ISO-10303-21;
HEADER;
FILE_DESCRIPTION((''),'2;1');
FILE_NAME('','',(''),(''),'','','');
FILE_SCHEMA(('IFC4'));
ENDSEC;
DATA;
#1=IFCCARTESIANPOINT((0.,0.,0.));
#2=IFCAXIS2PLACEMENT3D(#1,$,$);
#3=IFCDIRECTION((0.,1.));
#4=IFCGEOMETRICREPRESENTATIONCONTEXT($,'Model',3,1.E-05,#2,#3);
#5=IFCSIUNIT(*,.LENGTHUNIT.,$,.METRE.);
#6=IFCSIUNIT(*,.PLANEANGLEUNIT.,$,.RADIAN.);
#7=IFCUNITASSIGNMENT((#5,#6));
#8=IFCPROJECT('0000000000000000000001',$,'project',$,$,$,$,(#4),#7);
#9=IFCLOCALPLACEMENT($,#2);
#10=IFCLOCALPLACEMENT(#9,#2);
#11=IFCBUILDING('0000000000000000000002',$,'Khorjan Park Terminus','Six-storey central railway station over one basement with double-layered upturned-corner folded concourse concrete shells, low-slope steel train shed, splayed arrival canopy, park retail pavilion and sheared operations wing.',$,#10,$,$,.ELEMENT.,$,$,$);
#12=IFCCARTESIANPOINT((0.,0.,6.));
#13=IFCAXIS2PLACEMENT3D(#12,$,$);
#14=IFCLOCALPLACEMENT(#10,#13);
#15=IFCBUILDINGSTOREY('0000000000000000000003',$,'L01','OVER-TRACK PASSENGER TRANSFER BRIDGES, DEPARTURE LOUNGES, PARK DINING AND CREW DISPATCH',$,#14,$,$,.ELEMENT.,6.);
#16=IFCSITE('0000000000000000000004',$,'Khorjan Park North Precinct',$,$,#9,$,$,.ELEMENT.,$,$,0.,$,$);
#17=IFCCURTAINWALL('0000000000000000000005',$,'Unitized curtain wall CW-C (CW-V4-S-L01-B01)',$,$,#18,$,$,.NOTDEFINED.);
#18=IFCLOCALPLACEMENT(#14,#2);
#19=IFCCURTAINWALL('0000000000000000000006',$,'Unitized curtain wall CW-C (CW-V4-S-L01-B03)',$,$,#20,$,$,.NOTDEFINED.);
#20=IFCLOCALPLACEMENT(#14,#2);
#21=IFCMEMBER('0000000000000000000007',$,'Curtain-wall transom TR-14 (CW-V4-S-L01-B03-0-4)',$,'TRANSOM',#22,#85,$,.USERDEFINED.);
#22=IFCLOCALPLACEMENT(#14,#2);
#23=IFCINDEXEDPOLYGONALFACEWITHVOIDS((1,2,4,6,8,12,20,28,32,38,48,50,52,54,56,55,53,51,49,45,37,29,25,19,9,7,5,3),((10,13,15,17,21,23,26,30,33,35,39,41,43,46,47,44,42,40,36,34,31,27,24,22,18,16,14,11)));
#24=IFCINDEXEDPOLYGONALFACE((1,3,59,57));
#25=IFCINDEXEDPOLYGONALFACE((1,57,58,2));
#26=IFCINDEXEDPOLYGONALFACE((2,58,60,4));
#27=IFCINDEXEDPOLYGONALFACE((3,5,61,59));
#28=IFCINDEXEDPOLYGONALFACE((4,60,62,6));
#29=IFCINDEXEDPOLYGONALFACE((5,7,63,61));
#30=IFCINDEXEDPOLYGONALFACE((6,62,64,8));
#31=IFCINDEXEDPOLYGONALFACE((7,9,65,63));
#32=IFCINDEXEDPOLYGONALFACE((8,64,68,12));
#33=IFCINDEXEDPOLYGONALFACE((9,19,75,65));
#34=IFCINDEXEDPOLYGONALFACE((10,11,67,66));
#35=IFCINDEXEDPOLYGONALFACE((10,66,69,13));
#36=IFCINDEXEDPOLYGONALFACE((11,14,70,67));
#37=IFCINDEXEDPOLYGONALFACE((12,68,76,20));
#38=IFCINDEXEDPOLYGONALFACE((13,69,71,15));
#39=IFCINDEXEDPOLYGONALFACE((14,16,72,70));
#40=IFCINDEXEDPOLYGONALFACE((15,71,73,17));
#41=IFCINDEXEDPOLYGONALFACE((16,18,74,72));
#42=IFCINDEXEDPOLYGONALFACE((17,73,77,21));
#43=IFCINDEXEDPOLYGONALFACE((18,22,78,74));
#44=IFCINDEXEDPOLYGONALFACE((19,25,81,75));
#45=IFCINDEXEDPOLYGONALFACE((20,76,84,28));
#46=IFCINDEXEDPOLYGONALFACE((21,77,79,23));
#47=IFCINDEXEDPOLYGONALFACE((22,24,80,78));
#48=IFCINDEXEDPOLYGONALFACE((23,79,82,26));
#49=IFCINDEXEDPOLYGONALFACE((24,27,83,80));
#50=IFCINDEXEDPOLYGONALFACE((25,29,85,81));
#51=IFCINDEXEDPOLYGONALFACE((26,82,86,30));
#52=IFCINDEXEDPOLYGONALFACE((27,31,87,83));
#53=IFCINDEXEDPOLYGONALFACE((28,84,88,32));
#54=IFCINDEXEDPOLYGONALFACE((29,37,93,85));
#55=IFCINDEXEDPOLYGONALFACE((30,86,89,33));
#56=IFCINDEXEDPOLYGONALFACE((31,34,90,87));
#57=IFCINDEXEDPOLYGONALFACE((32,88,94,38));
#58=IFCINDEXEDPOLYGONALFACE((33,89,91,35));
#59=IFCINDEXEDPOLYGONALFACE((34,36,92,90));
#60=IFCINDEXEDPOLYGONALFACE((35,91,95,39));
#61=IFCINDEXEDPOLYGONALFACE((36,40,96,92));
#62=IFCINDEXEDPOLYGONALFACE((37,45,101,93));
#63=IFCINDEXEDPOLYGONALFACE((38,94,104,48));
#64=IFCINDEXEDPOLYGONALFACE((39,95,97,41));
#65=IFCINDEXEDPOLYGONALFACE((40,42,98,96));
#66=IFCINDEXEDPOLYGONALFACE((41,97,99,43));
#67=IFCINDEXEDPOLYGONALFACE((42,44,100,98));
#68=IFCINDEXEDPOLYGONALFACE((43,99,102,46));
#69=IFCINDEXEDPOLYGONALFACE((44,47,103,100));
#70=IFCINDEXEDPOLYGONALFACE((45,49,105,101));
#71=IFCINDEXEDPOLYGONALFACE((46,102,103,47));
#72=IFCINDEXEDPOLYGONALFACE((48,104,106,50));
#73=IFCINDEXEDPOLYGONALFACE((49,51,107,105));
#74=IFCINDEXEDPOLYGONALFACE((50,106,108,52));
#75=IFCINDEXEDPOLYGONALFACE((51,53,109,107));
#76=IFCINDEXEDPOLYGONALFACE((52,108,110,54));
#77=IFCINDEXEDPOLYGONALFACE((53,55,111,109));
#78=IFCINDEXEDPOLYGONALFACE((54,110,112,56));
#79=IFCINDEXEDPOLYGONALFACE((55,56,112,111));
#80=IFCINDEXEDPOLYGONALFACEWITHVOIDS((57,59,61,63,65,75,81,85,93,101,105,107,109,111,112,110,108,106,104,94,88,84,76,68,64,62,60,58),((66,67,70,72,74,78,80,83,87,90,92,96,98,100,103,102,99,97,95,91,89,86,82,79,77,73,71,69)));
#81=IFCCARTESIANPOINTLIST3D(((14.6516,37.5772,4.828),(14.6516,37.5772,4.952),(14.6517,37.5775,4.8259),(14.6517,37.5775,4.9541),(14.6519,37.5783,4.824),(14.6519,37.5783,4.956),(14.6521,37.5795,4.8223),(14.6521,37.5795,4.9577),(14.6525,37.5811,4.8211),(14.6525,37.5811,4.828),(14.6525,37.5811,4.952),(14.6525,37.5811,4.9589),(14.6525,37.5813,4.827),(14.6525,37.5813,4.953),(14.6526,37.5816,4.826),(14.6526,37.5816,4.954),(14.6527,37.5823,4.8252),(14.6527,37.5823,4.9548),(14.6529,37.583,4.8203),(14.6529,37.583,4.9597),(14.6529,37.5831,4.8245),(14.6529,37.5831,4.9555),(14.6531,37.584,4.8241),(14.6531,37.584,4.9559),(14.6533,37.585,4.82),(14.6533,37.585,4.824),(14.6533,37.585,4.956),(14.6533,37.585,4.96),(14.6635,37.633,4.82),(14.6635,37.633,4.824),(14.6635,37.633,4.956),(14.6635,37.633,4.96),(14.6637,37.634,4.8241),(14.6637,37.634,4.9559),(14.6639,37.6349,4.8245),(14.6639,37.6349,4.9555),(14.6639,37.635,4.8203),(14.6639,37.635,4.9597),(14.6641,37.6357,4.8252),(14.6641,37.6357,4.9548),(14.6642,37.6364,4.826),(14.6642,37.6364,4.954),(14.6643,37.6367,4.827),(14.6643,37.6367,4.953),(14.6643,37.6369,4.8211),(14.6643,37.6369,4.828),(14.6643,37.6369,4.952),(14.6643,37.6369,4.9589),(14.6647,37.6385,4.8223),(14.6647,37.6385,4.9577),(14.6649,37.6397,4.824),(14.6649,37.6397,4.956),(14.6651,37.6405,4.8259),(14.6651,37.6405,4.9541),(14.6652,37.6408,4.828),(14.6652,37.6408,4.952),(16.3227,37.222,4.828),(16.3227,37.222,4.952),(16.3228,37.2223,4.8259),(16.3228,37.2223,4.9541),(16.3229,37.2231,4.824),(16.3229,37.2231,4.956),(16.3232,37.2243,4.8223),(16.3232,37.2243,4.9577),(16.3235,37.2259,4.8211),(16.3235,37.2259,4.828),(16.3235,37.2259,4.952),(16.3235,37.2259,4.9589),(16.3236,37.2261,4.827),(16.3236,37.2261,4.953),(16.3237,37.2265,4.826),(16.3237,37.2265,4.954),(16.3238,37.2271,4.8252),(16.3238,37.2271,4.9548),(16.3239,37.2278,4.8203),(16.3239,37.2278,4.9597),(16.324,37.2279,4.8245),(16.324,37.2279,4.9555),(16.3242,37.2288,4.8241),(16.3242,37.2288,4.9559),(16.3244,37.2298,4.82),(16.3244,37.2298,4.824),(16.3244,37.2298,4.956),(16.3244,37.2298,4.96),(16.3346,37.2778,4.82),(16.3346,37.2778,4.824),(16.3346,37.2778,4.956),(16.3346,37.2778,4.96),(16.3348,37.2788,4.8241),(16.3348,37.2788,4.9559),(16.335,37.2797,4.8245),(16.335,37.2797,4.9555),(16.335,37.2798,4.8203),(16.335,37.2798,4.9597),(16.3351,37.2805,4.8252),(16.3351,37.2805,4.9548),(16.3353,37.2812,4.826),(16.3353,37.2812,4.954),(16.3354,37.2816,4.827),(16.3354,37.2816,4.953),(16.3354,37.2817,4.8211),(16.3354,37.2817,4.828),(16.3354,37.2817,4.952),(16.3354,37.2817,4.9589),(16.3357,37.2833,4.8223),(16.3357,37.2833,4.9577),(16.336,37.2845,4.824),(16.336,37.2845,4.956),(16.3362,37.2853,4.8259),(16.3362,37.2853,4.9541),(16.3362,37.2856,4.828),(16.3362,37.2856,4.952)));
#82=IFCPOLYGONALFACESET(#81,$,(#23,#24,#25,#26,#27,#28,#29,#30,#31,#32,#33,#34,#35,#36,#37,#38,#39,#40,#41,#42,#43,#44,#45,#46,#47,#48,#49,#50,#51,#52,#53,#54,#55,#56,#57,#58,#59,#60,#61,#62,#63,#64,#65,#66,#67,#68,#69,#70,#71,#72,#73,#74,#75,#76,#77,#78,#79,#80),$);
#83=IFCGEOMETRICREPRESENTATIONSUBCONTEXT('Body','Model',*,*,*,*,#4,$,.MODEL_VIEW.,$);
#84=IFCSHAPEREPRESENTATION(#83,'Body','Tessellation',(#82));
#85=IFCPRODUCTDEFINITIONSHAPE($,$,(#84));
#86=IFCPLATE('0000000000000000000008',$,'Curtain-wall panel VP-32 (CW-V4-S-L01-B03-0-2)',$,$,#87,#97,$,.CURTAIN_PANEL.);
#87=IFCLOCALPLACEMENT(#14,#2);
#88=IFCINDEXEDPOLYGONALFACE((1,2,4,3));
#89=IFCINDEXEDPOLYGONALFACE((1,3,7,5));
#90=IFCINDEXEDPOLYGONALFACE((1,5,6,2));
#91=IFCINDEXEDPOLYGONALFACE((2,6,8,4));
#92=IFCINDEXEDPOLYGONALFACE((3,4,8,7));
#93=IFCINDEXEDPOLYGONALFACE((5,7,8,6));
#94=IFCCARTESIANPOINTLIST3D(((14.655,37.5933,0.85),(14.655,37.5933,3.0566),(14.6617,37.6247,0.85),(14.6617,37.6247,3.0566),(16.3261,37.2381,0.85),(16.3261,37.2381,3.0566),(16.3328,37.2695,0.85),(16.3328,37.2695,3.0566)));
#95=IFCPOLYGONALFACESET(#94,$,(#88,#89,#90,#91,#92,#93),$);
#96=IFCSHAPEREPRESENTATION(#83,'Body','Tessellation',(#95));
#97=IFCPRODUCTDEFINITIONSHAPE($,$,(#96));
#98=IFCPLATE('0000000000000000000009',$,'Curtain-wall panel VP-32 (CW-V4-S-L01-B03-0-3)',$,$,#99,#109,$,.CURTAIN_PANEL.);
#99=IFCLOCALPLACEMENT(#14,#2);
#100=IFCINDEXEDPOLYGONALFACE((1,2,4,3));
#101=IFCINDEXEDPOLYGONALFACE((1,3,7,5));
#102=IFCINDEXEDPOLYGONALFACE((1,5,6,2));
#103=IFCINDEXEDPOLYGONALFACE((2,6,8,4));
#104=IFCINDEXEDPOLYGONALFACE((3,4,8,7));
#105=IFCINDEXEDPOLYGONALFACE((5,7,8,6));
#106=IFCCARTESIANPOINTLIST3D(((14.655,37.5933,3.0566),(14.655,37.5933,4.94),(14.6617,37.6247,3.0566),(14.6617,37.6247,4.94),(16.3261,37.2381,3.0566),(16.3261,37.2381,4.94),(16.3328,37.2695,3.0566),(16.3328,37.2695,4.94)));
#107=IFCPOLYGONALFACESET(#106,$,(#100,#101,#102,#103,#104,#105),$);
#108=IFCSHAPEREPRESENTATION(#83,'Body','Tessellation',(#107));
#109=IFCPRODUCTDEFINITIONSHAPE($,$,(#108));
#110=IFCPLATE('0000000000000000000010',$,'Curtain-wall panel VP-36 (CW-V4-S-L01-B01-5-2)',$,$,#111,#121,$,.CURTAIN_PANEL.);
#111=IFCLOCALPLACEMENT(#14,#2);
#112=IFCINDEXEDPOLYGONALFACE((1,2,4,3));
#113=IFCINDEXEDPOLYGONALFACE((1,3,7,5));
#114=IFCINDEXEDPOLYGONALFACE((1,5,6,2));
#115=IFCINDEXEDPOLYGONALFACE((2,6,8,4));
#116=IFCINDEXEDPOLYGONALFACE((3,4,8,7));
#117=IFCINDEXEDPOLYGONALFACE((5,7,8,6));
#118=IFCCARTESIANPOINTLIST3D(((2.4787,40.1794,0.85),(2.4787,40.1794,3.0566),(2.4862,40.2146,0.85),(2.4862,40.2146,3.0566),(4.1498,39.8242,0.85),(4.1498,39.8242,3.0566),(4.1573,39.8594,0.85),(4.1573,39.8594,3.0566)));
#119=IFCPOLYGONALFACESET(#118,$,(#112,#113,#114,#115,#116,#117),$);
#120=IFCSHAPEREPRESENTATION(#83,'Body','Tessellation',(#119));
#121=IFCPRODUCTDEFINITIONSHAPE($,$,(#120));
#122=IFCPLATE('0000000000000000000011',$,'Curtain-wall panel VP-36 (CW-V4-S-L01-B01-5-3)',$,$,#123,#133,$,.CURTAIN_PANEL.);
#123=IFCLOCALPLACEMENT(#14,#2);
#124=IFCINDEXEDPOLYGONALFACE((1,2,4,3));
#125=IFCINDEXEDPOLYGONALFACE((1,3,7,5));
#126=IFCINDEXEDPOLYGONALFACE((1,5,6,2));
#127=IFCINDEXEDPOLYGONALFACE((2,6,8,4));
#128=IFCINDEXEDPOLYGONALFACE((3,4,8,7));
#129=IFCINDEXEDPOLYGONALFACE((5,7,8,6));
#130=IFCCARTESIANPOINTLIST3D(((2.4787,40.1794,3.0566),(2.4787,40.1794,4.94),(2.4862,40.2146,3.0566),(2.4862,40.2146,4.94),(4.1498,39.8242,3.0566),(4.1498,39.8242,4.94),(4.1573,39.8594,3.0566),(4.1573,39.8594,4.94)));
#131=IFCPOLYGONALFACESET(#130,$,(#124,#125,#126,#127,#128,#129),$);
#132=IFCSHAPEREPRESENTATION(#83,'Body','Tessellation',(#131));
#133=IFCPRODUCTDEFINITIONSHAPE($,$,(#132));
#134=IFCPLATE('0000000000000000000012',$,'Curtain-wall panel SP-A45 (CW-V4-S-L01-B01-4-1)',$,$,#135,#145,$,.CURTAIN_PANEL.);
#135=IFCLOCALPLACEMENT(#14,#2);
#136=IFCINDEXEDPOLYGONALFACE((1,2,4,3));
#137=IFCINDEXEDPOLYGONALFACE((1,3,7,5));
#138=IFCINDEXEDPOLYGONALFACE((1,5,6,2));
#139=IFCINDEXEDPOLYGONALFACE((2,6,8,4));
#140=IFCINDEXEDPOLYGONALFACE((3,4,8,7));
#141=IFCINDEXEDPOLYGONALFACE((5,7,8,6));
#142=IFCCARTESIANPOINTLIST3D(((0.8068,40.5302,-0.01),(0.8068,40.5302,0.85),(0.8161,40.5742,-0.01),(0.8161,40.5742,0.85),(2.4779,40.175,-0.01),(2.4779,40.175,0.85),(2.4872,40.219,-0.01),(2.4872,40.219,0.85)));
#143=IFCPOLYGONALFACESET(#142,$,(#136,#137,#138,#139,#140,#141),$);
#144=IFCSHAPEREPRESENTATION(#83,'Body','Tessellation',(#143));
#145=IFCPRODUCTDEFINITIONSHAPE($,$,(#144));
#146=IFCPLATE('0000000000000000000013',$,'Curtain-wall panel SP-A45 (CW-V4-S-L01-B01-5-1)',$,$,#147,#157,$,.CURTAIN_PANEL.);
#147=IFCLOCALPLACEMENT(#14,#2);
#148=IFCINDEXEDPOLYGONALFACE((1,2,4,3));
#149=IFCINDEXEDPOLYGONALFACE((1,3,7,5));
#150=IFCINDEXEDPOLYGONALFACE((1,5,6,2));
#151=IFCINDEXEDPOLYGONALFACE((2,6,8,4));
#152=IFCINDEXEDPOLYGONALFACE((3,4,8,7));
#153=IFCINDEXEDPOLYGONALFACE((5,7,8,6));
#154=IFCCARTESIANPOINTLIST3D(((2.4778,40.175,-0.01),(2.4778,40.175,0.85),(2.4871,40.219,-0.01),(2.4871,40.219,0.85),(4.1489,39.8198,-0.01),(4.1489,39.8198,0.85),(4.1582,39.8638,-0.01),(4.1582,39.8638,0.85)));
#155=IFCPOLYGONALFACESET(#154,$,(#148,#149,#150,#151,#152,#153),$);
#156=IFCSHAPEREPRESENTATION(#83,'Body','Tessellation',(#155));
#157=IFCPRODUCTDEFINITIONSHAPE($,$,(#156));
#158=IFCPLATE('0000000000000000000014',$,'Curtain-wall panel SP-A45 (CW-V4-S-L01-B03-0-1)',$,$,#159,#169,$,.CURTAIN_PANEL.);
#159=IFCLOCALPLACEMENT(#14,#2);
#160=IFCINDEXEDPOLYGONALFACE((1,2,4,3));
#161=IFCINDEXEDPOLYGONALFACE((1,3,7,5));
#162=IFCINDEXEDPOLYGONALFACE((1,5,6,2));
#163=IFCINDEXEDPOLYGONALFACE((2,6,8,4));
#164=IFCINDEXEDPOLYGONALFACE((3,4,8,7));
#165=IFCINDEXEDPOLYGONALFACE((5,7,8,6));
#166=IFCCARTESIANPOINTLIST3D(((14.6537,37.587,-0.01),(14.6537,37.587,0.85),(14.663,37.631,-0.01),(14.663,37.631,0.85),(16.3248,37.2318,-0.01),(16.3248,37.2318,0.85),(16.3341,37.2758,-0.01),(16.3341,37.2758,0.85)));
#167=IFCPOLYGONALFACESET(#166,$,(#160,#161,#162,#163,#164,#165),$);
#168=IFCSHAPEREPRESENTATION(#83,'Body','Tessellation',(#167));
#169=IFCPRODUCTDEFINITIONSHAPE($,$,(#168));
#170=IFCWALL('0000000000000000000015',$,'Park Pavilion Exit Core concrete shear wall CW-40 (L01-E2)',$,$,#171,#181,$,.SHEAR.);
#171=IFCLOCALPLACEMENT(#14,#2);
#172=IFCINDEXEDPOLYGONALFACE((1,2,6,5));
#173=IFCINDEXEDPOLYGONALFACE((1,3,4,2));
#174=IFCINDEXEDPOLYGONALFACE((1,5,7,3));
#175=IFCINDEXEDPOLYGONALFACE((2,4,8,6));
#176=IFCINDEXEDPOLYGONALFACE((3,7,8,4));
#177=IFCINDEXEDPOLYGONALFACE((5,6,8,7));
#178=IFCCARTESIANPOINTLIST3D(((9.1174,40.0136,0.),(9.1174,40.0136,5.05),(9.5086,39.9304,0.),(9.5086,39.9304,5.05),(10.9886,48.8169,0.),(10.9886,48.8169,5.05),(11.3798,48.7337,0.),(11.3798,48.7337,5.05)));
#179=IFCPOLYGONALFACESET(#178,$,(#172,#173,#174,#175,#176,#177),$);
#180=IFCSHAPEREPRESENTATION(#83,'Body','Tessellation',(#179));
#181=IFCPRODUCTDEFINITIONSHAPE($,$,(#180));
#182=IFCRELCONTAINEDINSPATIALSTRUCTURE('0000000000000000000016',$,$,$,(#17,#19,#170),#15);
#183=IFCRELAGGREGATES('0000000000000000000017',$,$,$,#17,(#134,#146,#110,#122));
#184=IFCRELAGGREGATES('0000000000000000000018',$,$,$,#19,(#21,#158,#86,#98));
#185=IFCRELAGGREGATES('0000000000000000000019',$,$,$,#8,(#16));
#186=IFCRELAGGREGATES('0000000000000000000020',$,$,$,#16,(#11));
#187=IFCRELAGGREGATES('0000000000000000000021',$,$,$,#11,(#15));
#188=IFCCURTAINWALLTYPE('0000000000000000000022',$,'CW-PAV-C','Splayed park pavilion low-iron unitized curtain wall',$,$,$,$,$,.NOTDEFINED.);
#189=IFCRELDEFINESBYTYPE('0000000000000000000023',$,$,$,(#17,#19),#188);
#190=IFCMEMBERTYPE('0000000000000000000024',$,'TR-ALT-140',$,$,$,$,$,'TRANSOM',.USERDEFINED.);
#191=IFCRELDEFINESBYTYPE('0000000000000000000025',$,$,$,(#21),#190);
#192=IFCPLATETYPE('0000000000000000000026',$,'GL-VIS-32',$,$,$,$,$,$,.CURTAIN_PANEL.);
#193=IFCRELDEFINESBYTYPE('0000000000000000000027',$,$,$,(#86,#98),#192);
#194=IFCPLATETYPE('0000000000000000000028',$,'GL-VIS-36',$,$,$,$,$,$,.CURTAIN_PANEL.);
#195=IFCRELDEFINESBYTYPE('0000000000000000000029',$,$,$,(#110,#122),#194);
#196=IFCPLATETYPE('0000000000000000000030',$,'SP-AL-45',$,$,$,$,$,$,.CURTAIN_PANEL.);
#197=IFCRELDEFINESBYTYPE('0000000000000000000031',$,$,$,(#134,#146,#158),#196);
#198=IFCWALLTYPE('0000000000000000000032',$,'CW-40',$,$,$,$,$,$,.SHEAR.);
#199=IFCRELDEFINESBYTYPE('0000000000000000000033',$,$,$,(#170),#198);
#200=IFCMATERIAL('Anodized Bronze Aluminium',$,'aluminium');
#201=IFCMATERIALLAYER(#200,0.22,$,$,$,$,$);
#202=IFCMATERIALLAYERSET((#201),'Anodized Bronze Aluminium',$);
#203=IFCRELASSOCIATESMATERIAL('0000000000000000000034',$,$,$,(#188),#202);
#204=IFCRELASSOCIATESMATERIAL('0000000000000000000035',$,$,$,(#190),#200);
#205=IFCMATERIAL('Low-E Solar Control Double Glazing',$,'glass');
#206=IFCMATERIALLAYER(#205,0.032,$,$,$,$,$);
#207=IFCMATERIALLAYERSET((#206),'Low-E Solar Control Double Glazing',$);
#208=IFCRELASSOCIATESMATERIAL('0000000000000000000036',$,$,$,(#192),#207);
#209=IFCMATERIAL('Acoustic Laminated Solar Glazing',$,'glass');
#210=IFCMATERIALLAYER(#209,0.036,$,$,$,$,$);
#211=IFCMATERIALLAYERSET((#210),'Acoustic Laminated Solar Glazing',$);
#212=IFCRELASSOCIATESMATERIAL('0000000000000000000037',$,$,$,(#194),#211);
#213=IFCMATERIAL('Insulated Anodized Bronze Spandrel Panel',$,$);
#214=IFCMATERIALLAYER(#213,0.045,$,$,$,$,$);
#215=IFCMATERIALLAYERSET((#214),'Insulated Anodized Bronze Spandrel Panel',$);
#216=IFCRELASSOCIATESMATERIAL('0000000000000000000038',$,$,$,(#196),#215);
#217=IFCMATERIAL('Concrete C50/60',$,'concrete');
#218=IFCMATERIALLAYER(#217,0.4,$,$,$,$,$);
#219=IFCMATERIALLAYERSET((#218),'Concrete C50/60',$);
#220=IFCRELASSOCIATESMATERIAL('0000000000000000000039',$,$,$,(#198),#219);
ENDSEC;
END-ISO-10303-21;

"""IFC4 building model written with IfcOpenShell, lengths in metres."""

from ifc_helpers import new_model, si_unit, direction, frame, frame_2d, origin, origin_2d, place, context, subcontext, project, spatial, rectangle, hollow_rectangle, extrude, material, layer, layer_set, material_profile, profile_set, type_object, element, aggregate, save


model = new_model("IFC4")

# Units and contexts
model_context = context("Model", 3, precision=1e-05, world=origin(), true_north=direction((0.0, 1.0)))
body_context = subcontext(model_context, "Body", "Model", "MODEL_VIEW")
ifc_project = project(units=[si_unit("LENGTHUNIT", "METRE"), si_unit("PLANEANGLEUNIT", "RADIAN")], contexts=[model_context])

# Site, building, storey
site_placement = place(None, origin())
site = spatial("IfcSite", under=ifc_project, at=site_placement, Name="Khorjan Park North Precinct", CompositionType="ELEMENT", RefElevation=0.0)
building_placement = place(site_placement, origin())
building = spatial("IfcBuilding", under=site, at=building_placement, Name="Khorjan Park Terminus", Description="Six-storey central railway station over one basement with double-layered upturned-corner folded concourse concrete shells, low-slope steel train shed, splayed arrival canopy, park retail pavilion and sheared operations wing.", CompositionType="ELEMENT")
storey_placement = place(building_placement, frame((0.0, 0.0, 6.0)))
storey = spatial("IfcBuildingStorey", under=building, at=storey_placement, Name="L01", Description="OVER-TRACK PASSENGER TRANSFER BRIDGES, DEPARTURE LOUNGES, PARK DINING AND CREW DISPATCH", CompositionType="ELEMENT", Elevation=6.0)

# Curtain wall
ifc_material_1 = material(Name="Anodized Bronze Aluminium", Category="aluminium")
ifc_layer_1 = layer(ifc_material_1, 0.22)
ifc_layer_set_1 = layer_set([ifc_layer_1], Name="Anodized Bronze Aluminium")
curtain_wall_type = type_object("IfcCurtainWallType", Name="CW-PAV-C", Description="Splayed park pavilion low-iron unitized curtain wall", PredefinedType="NOTDEFINED", material=ifc_layer_set_1)
curtain_wall_1_placement = place(storey_placement, origin())
curtain_wall_1 = element("IfcCurtainWall", 1, at=curtain_wall_1_placement, inside=storey, type_object=curtain_wall_type, Name="Unitized curtain wall CW-C (CW-V4-S-L01-B01)", PredefinedType="NOTDEFINED")

# Curtain wall
curtain_wall_2_placement = place(storey_placement, origin())
curtain_wall_2 = element("IfcCurtainWall", 2, at=curtain_wall_2_placement, inside=storey, type_object=curtain_wall_type, Name="Unitized curtain wall CW-C (CW-V4-S-L01-B03)", PredefinedType="NOTDEFINED")

# Member
ifc_material_profile_1 = material_profile(ifc_material_1, hollow_rectangle(XDim=0.065, YDim=0.14, WallThickness=0.004, InnerFilletRadius=0.004, OuterFilletRadius=0.008, at=origin_2d()), Name="ALT 65x140x4")
ifc_profile_set_1 = profile_set([ifc_material_profile_1], Name="Anodized Bronze Aluminium")
member_type_1 = type_object("IfcMemberType", Name="TR-ALT-140", ElementType="TRANSOM", PredefinedType="USERDEFINED", material=ifc_profile_set_1)
member_1_placement = place(storey_placement, frame((14.6584, 37.609, 4.89), z_axis=(0.978148, -0.20791, 0.0), x_axis=(0.20791, 0.978148, 0.0)))
member_1 = element("IfcMember", 3, at=member_1_placement, type_object=member_type_1, Name="Curtain-wall transom TR-14 (CW-V4-S-L01-B03-0-4)", ObjectType="TRANSOM", PredefinedType="USERDEFINED", context=body_context, shape_type="SweptSolid", body=[
    extrude(hollow_rectangle(XDim=0.065, YDim=0.14, WallThickness=0.004, InnerFilletRadius=0.004, OuterFilletRadius=0.008, at=origin_2d()), origin(), (0.0, 0.0, 1.0), 1.7084),
])

# Plates
ifc_material_2 = material(Name="Low-E Solar Control Double Glazing", Category="glass")
ifc_layer_2 = layer(ifc_material_2, 0.032)
ifc_layer_set_2 = layer_set([ifc_layer_2], Name="Low-E Solar Control Double Glazing")
plate_type_1 = type_object("IfcPlateType", Name="GL-VIS-32", PredefinedType="CURTAIN_PANEL", material=ifc_layer_set_2)
plate_1_placement = place(storey_placement, frame((15.4939, 37.4314, 0.85), z_axis=(0.0, 0.0, 1.0), x_axis=(0.978147, -0.207914, 0.0)))
plate_1 = element("IfcPlate", 4, at=plate_1_placement, type_object=plate_type_1, Name="Curtain-wall panel VP-32 (CW-V4-S-L01-B03-0-2)", PredefinedType="CURTAIN_PANEL", context=body_context, shape_type="SweptSolid", body=[
    extrude(rectangle(XDim=1.7084, YDim=0.032, at=origin_2d()), origin(), (0.0, 0.0, 1.0), 2.2066),
])
plate_2_placement = place(storey_placement, frame((15.4939, 37.4314, 3.0566), z_axis=(0.0, 0.0, 1.0), x_axis=(0.978147, -0.207914, 0.0)))
plate_2 = element("IfcPlate", 5, at=plate_2_placement, type_object=plate_type_1, Name="Curtain-wall panel VP-32 (CW-V4-S-L01-B03-0-3)", PredefinedType="CURTAIN_PANEL", context=body_context, shape_type="SweptSolid", body=[
    extrude(rectangle(XDim=1.7084, YDim=0.032, at=origin_2d()), origin(), (0.0, 0.0, 1.0), 1.8834),
])
ifc_material_3 = material(Name="Acoustic Laminated Solar Glazing", Category="glass")
ifc_layer_3 = layer(ifc_material_3, 0.036)
ifc_layer_set_3 = layer_set([ifc_layer_3], Name="Acoustic Laminated Solar Glazing")
plate_type_2 = type_object("IfcPlateType", Name="GL-VIS-36", PredefinedType="CURTAIN_PANEL", material=ifc_layer_set_3)
plate_3_placement = place(storey_placement, frame((3.318, 40.0194, 0.85), z_axis=(0.0, 0.0, 1.0), x_axis=(0.978147, -0.207914, 0.0)))
plate_3 = element("IfcPlate", 6, at=plate_3_placement, type_object=plate_type_2, Name="Curtain-wall panel VP-36 (CW-V4-S-L01-B01-5-2)", PredefinedType="CURTAIN_PANEL", context=body_context, shape_type="SweptSolid", body=[
    extrude(rectangle(XDim=1.7084, YDim=0.036, at=origin_2d()), origin(), (0.0, 0.0, 1.0), 2.2066),
])
plate_4_placement = place(storey_placement, frame((3.318, 40.0194, 3.0566), z_axis=(0.0, 0.0, 1.0), x_axis=(0.978147, -0.207914, 0.0)))
plate_4 = element("IfcPlate", 7, at=plate_4_placement, type_object=plate_type_2, Name="Curtain-wall panel VP-36 (CW-V4-S-L01-B01-5-3)", PredefinedType="CURTAIN_PANEL", context=body_context, shape_type="SweptSolid", body=[
    extrude(rectangle(XDim=1.7084, YDim=0.036, at=origin_2d()), origin(), (0.0, 0.0, 1.0), 1.8834),
])
ifc_material_4 = material(Name="Insulated Anodized Bronze Spandrel Panel")
ifc_layer_4 = layer(ifc_material_4, 0.045)
ifc_layer_set_4 = layer_set([ifc_layer_4], Name="Insulated Anodized Bronze Spandrel Panel")
plate_type_3 = type_object("IfcPlateType", Name="SP-AL-45", PredefinedType="CURTAIN_PANEL", material=ifc_layer_set_4)
plate_5_placement = place(storey_placement, frame((1.647, 40.3746, -0.01), z_axis=(0.0, 0.0, 1.0), x_axis=(0.978147, -0.207914, 0.0)))
plate_5 = element("IfcPlate", 8, at=plate_5_placement, type_object=plate_type_3, Name="Curtain-wall panel SP-A45 (CW-V4-S-L01-B01-4-1)", PredefinedType="CURTAIN_PANEL", context=body_context, shape_type="SweptSolid", body=[
    extrude(rectangle(XDim=1.7084, YDim=0.045, at=origin_2d()), origin(), (0.0, 0.0, 1.0), 0.86),
])
plate_6_placement = place(storey_placement, frame((3.318, 40.0194, -0.01), z_axis=(0.0, 0.0, 1.0), x_axis=(0.978147, -0.207914, 0.0)))
plate_6 = element("IfcPlate", 9, at=plate_6_placement, type_object=plate_type_3, Name="Curtain-wall panel SP-A45 (CW-V4-S-L01-B01-5-1)", PredefinedType="CURTAIN_PANEL", context=body_context, shape_type="SweptSolid", body=[
    extrude(rectangle(XDim=1.7084, YDim=0.045, at=origin_2d()), origin(), (0.0, 0.0, 1.0), 0.86),
])
aggregate(curtain_wall_1, [plate_5, plate_6, plate_3, plate_4])
plate_7_placement = place(storey_placement, frame((15.4939, 37.4314, -0.01), z_axis=(0.0, 0.0, 1.0), x_axis=(0.978147, -0.207914, 0.0)))
plate_7 = element("IfcPlate", 10, at=plate_7_placement, type_object=plate_type_3, Name="Curtain-wall panel SP-A45 (CW-V4-S-L01-B03-0-1)", PredefinedType="CURTAIN_PANEL", context=body_context, shape_type="SweptSolid", body=[
    extrude(rectangle(XDim=1.7084, YDim=0.045, at=origin_2d()), origin(), (0.0, 0.0, 1.0), 0.86),
])
aggregate(curtain_wall_2, [member_1, plate_7, plate_1, plate_2])

# Wall
ifc_material_5 = material(Name="Concrete C50/60", Category="concrete")
ifc_layer_5 = layer(ifc_material_5, 0.4)
ifc_layer_set_5 = layer_set([ifc_layer_5], Name="Concrete C50/60")
wall_type_1 = type_object("IfcWallType", Name="CW-40", PredefinedType="SHEAR", material=ifc_layer_set_5)
wall_1_placement = place(storey_placement, frame((9.313, 39.972, 0.0), z_axis=(0.0, 0.0, 1.0), x_axis=(0.207912, 0.978148, 0.0)))
element("IfcWall", 11, at=wall_1_placement, inside=storey, type_object=wall_type_1, Name="Park Pavilion Exit Core concrete shear wall CW-40 (L01-E2)", PredefinedType="SHEAR", context=body_context, shape_type="SweptSolid", body=[
    extrude(rectangle(XDim=9.0, YDim=0.4, at=frame_2d((4.5, 0.0))), origin(), (0.0, 0.0, 1.0), 5.05),
])

save(model, "model.ifc")
